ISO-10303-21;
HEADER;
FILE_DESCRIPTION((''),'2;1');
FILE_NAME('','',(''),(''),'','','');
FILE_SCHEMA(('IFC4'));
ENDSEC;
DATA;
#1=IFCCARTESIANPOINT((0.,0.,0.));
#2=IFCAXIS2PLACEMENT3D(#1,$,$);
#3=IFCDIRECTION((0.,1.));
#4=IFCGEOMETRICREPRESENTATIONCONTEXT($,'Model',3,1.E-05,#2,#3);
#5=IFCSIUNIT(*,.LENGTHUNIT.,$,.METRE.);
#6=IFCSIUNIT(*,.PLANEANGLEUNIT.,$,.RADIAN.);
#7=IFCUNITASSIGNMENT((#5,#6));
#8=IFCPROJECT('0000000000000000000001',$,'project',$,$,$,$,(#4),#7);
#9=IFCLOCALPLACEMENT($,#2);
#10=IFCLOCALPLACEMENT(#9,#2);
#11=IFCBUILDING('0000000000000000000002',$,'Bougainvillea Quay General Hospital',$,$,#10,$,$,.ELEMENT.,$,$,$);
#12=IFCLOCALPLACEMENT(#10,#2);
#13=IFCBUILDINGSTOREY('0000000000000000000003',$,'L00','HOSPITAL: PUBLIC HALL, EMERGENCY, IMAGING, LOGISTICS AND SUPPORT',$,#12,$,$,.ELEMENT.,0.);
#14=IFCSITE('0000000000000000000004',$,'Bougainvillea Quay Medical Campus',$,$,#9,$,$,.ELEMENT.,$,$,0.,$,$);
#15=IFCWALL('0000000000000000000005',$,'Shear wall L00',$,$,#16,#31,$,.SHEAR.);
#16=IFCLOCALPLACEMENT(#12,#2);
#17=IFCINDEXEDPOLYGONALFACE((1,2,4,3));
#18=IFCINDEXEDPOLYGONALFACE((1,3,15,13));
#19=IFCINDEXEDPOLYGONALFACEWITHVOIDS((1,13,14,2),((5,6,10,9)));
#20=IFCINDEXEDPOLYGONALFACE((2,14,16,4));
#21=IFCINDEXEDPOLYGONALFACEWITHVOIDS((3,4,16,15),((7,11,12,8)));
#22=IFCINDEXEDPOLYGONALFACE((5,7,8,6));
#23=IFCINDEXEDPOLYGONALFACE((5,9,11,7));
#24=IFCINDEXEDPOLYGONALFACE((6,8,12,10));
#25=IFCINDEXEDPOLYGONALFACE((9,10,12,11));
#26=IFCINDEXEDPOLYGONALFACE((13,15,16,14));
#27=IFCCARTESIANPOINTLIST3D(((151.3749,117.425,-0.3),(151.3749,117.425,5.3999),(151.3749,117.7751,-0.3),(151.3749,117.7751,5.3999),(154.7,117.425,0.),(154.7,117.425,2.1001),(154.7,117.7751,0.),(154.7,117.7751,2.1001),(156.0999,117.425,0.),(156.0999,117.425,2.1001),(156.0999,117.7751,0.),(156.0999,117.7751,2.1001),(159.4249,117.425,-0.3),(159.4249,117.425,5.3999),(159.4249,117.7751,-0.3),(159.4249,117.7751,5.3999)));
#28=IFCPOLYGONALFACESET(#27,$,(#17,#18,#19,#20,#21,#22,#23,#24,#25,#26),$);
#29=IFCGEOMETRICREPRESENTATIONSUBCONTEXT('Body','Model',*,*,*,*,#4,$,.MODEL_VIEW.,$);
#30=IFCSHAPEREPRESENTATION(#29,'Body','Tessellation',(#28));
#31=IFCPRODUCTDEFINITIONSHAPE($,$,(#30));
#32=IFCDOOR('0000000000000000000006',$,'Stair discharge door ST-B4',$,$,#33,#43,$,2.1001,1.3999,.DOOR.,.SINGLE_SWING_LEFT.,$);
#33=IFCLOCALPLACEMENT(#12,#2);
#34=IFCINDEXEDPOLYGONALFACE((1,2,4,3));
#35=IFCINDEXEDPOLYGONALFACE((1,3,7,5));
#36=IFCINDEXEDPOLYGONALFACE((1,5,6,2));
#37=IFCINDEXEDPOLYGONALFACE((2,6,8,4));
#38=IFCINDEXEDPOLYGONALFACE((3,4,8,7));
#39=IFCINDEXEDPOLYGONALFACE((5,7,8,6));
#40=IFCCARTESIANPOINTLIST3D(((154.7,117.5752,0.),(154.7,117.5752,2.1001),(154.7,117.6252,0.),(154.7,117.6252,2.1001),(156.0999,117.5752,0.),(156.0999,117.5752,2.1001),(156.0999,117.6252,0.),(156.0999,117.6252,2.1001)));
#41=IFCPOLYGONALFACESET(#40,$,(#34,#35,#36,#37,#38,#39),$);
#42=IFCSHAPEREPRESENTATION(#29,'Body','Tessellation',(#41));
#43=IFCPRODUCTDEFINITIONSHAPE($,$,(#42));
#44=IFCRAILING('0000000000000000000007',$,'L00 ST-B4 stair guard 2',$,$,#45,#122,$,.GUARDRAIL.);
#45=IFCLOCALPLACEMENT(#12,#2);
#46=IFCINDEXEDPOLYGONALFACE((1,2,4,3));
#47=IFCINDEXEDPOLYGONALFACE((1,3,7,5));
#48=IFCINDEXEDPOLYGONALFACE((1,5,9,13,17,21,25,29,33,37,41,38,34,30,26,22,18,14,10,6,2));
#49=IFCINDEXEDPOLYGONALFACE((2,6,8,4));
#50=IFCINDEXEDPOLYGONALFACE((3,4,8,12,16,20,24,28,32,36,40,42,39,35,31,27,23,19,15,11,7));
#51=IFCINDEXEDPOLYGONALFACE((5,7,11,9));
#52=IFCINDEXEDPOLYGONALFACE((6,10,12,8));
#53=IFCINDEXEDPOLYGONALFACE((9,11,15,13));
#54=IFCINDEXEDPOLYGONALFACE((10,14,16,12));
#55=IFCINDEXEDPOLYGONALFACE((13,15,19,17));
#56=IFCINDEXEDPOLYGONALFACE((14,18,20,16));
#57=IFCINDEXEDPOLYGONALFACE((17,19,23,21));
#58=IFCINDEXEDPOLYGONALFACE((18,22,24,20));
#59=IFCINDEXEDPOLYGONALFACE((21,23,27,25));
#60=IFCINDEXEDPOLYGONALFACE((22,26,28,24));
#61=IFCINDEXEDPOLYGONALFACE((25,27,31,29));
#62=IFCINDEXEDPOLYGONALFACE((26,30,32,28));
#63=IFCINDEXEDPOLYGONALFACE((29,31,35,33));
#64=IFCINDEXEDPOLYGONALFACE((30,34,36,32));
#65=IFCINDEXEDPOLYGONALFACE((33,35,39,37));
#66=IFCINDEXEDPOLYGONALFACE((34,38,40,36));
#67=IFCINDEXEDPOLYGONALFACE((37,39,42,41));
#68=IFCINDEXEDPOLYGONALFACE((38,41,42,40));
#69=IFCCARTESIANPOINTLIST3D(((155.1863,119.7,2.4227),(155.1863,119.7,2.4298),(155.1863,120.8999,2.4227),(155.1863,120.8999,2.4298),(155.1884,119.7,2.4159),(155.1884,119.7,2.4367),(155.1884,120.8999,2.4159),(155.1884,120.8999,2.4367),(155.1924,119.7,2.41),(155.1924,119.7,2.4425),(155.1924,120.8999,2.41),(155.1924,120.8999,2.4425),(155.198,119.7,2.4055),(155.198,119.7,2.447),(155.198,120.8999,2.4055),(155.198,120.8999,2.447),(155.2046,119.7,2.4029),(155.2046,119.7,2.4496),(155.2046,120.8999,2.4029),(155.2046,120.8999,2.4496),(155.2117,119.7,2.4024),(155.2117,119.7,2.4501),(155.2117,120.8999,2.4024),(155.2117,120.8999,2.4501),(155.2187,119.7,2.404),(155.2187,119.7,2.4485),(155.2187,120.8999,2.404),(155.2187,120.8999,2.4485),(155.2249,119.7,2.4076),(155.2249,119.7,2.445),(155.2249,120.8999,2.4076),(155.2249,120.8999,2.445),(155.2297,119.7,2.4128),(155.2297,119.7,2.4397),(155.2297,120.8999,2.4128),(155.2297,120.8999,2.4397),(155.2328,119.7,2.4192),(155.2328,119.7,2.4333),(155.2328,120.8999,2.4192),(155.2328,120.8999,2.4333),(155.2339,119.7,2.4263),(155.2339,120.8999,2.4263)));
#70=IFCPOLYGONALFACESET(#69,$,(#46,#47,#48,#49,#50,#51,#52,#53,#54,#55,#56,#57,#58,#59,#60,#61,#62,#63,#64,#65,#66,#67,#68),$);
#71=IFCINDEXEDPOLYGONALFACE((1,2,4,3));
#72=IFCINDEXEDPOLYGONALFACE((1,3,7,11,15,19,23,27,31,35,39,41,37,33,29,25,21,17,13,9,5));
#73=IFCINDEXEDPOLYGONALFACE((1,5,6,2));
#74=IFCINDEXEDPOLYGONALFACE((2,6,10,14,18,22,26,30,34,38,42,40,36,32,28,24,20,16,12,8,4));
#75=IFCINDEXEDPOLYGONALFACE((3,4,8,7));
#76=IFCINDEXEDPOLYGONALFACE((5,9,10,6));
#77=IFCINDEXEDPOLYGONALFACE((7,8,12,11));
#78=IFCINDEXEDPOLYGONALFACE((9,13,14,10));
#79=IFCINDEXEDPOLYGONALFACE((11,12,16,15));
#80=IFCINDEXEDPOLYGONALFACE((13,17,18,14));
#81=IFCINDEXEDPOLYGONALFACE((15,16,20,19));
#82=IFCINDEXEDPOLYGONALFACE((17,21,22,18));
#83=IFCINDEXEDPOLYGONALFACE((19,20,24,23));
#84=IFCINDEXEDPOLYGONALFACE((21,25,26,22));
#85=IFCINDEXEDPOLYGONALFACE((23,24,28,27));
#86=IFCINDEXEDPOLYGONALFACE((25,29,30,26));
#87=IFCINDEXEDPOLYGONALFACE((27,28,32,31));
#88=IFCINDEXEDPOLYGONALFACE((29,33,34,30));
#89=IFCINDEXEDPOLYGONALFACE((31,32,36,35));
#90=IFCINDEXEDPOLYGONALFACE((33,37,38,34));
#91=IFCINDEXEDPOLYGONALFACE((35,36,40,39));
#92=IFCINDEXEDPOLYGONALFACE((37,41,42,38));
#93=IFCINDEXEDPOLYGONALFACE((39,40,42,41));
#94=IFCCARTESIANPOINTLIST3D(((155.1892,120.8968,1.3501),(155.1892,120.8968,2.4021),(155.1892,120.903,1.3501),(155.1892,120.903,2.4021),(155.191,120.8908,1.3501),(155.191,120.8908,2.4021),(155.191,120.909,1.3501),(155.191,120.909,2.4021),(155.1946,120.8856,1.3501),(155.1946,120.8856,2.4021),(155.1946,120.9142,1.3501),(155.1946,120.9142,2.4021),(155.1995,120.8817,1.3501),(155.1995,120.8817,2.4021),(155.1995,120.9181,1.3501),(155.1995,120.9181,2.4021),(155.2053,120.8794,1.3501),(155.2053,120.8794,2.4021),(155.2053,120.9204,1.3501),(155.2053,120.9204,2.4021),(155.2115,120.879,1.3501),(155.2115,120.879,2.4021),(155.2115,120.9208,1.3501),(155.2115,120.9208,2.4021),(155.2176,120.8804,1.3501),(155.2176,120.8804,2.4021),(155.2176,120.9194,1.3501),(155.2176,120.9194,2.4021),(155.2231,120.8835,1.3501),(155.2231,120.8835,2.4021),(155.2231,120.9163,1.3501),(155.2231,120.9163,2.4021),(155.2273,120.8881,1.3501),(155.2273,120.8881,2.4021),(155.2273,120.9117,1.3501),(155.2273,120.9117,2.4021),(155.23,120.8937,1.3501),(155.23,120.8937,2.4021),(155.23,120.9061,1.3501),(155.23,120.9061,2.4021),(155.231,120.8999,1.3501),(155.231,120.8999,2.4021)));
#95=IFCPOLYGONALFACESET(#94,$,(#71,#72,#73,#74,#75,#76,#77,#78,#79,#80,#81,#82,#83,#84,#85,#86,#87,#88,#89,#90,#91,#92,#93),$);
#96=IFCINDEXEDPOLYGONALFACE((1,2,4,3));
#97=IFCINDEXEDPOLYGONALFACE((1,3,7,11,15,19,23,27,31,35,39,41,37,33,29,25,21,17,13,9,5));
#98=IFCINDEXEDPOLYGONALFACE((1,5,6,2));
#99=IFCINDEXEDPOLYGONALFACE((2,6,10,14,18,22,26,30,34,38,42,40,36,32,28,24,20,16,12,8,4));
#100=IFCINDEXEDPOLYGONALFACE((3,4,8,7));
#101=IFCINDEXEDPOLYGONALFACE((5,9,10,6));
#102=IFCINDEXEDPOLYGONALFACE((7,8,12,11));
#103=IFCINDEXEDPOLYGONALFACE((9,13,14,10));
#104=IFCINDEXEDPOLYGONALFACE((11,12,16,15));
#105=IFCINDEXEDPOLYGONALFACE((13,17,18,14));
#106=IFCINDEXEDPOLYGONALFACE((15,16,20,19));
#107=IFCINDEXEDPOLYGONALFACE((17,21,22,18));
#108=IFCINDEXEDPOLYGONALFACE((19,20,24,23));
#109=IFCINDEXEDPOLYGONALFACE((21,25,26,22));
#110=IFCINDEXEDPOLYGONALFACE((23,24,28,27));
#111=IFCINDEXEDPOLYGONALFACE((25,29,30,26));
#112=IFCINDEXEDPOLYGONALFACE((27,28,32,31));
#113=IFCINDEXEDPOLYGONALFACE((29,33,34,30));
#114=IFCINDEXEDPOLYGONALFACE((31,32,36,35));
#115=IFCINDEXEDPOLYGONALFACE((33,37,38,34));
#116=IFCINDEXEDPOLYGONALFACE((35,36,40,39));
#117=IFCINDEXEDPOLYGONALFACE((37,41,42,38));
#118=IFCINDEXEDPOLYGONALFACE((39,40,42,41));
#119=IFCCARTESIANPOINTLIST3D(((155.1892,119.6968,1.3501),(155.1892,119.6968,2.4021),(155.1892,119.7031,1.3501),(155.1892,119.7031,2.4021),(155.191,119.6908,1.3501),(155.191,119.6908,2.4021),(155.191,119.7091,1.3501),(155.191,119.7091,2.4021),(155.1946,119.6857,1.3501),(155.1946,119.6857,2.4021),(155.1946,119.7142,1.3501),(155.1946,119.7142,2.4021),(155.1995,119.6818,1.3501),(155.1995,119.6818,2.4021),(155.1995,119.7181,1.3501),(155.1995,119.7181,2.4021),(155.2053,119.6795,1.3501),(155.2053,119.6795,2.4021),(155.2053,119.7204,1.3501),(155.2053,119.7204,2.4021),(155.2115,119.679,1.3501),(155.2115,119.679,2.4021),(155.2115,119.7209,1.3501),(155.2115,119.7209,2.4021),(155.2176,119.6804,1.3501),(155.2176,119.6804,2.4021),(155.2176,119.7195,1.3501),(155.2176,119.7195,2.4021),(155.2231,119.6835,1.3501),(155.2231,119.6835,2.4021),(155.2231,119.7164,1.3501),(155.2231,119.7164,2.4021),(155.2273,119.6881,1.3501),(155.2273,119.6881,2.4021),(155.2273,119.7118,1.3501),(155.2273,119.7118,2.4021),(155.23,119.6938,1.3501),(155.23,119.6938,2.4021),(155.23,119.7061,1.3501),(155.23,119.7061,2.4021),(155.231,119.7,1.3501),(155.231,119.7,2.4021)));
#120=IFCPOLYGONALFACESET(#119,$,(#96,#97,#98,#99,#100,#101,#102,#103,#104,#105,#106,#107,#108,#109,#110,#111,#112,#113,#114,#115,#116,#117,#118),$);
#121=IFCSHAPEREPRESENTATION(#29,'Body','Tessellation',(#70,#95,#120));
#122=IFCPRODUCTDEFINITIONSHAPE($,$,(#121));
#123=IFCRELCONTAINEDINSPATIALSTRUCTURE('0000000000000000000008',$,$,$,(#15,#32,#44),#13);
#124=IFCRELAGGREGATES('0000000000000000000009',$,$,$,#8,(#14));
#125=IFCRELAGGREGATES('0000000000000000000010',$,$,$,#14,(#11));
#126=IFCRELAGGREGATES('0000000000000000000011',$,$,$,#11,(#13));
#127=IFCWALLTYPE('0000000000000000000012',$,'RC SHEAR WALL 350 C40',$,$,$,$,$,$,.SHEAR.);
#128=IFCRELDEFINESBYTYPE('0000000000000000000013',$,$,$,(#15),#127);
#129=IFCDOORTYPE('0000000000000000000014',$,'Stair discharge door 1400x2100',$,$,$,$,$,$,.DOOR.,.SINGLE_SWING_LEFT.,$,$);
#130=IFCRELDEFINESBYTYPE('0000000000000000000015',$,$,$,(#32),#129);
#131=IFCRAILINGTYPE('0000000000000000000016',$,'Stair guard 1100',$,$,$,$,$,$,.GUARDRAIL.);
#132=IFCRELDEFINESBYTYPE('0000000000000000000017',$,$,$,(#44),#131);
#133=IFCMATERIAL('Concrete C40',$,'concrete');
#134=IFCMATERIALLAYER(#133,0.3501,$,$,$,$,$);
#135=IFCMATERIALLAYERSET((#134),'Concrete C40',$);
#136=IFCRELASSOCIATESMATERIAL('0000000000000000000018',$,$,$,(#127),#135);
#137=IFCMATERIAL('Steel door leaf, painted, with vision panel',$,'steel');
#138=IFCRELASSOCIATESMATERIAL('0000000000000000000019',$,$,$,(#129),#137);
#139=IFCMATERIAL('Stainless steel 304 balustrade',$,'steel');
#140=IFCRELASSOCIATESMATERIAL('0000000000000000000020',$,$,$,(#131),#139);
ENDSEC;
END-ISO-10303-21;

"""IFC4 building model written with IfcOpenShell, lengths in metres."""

from ifc_helpers import new_model, si_unit, direction, frame, frame_2d, origin, origin_2d, place, context, subcontext, project, spatial, rectangle, circle, extrude, material, layer, layer_set, type_object, element, fill, save


model = new_model("IFC4")

# Units and contexts
model_context = context("Model", 3, precision=1e-05, world=origin(), true_north=direction((0.0, 1.0)))
body_context = subcontext(model_context, "Body", "Model", "MODEL_VIEW")
ifc_project = project(units=[si_unit("LENGTHUNIT", "METRE"), si_unit("PLANEANGLEUNIT", "RADIAN")], contexts=[model_context])

# Site, building, storey
site_placement = place(None, origin())
site = spatial("IfcSite", under=ifc_project, at=site_placement, Name="Bougainvillea Quay Medical Campus", CompositionType="ELEMENT", RefElevation=0.0)
building_placement = place(site_placement, origin())
building = spatial("IfcBuilding", under=site, at=building_placement, Name="Bougainvillea Quay General Hospital", CompositionType="ELEMENT")
storey_placement = place(building_placement, origin())
storey = spatial("IfcBuildingStorey", under=building, at=storey_placement, Name="L00", Description="HOSPITAL: PUBLIC HALL, EMERGENCY, IMAGING, LOGISTICS AND SUPPORT", CompositionType="ELEMENT", Elevation=0.0)

# Shared definitions
ifc_material_1 = material(Name="Concrete C40", Category="concrete")

# Shared definitions
ifc_layer_1 = layer(ifc_material_1, 0.3501)
ifc_layer_set_1 = layer_set([ifc_layer_1], Name="Concrete C40")
wall_type_1 = type_object("IfcWallType", Name="RC SHEAR WALL 350 C40", PredefinedType="SHEAR", material=ifc_layer_set_1)

# Wall, opening, door
wall_1_placement = place(storey_placement, frame((151.375, 117.6001, -0.3), z_axis=(0.0, 0.0, 1.0), x_axis=(1.0, 0.0, 0.0)))
wall_1 = element("IfcWall", 1, at=wall_1_placement, inside=storey, type_object=wall_type_1, Name="Shear wall L00", PredefinedType="SHEAR", context=body_context, shape_type="SweptSolid", body=[
    extrude(rectangle(XDim=8.05, YDim=0.3501, at=frame_2d((4.0249, 0.0))), origin(), (0.0, 0.0, 1.0), 5.7),
])
opening_1_placement = place(wall_1_placement, frame((3.325, 0.0, 0.3)))
opening_1 = element("IfcOpeningElement", 2, at=opening_1_placement, cuts=wall_1, PredefinedType="OPENING", context=body_context, shape_type="SweptSolid", body=[
    extrude(rectangle(XDim=1.3999, YDim=2.1001, at=frame_2d((0.7, 1.05))), frame((0.0, 0.1851, 0.0), z_axis=(0.0, -1.0, 0.0), x_axis=(1.0, 0.0, 0.0)), (0.0, 0.0, 1.0), 0.3701),
])
ifc_material_2 = material(Name="Steel door leaf, painted, with vision panel", Category="steel")
door_type_1 = type_object("IfcDoorType", Name="Stair discharge door 1400x2100", OperationType="SINGLE_SWING_LEFT", PredefinedType="DOOR", material=ifc_material_2)
door_1_placement = place(opening_1_placement, frame((1.3999, 0.0, 0.0), z_axis=(0.0, 0.0, 1.0), x_axis=(-1.0, 0.0, 0.0)))
door_1 = element("IfcDoor", 3, at=door_1_placement, inside=storey, type_object=door_type_1, Name="Stair discharge door ST-B4", OperationType="SINGLE_SWING_LEFT", OverallHeight=2.1001, OverallWidth=1.3999, PredefinedType="DOOR", context=body_context, shape_type="SweptSolid", body=[
    extrude(rectangle(XDim=1.3999, YDim=2.1001, at=frame_2d((0.7, 1.05))), frame((0.0, 0.0249, 0.0), z_axis=(0.0, -1.0, 0.0), x_axis=(1.0, 0.0, 0.0)), (0.0, 0.0, 1.0), 0.05),
])
fill(opening_1, door_1)

# Railing
ifc_material_3 = material(Name="Stainless steel 304 balustrade", Category="steel")
railing_type_1 = type_object("IfcRailingType", Name="Stair guard 1100", PredefinedType="GUARDRAIL", material=ifc_material_3)
railing_1_placement = place(storey_placement, frame((155.21, 120.8999, 1.3501)))
element("IfcRailing", 4, at=railing_1_placement, inside=storey, type_object=railing_type_1, Name="L00 ST-B4 stair guard 2", PredefinedType="GUARDRAIL", context=body_context, shape_type="SweptSolid", body=[
    extrude(circle(Radius=0.0239, at=origin_2d()), frame((0.0, 0.0, 1.0762), z_axis=(0.0, -1.0, 0.0), x_axis=(1.0, 0.0, 0.0)), (0.0, 0.0, 1.0), 1.2),
    extrude(circle(Radius=0.021, at=origin_2d()), origin(), (0.0, 0.0, 1.0), 1.052),
    extrude(circle(Radius=0.021, at=origin_2d()), frame((0.0, -1.2, 0.0)), (0.0, 0.0, 1.0), 1.052),
])

save(model, "model.ifc")
